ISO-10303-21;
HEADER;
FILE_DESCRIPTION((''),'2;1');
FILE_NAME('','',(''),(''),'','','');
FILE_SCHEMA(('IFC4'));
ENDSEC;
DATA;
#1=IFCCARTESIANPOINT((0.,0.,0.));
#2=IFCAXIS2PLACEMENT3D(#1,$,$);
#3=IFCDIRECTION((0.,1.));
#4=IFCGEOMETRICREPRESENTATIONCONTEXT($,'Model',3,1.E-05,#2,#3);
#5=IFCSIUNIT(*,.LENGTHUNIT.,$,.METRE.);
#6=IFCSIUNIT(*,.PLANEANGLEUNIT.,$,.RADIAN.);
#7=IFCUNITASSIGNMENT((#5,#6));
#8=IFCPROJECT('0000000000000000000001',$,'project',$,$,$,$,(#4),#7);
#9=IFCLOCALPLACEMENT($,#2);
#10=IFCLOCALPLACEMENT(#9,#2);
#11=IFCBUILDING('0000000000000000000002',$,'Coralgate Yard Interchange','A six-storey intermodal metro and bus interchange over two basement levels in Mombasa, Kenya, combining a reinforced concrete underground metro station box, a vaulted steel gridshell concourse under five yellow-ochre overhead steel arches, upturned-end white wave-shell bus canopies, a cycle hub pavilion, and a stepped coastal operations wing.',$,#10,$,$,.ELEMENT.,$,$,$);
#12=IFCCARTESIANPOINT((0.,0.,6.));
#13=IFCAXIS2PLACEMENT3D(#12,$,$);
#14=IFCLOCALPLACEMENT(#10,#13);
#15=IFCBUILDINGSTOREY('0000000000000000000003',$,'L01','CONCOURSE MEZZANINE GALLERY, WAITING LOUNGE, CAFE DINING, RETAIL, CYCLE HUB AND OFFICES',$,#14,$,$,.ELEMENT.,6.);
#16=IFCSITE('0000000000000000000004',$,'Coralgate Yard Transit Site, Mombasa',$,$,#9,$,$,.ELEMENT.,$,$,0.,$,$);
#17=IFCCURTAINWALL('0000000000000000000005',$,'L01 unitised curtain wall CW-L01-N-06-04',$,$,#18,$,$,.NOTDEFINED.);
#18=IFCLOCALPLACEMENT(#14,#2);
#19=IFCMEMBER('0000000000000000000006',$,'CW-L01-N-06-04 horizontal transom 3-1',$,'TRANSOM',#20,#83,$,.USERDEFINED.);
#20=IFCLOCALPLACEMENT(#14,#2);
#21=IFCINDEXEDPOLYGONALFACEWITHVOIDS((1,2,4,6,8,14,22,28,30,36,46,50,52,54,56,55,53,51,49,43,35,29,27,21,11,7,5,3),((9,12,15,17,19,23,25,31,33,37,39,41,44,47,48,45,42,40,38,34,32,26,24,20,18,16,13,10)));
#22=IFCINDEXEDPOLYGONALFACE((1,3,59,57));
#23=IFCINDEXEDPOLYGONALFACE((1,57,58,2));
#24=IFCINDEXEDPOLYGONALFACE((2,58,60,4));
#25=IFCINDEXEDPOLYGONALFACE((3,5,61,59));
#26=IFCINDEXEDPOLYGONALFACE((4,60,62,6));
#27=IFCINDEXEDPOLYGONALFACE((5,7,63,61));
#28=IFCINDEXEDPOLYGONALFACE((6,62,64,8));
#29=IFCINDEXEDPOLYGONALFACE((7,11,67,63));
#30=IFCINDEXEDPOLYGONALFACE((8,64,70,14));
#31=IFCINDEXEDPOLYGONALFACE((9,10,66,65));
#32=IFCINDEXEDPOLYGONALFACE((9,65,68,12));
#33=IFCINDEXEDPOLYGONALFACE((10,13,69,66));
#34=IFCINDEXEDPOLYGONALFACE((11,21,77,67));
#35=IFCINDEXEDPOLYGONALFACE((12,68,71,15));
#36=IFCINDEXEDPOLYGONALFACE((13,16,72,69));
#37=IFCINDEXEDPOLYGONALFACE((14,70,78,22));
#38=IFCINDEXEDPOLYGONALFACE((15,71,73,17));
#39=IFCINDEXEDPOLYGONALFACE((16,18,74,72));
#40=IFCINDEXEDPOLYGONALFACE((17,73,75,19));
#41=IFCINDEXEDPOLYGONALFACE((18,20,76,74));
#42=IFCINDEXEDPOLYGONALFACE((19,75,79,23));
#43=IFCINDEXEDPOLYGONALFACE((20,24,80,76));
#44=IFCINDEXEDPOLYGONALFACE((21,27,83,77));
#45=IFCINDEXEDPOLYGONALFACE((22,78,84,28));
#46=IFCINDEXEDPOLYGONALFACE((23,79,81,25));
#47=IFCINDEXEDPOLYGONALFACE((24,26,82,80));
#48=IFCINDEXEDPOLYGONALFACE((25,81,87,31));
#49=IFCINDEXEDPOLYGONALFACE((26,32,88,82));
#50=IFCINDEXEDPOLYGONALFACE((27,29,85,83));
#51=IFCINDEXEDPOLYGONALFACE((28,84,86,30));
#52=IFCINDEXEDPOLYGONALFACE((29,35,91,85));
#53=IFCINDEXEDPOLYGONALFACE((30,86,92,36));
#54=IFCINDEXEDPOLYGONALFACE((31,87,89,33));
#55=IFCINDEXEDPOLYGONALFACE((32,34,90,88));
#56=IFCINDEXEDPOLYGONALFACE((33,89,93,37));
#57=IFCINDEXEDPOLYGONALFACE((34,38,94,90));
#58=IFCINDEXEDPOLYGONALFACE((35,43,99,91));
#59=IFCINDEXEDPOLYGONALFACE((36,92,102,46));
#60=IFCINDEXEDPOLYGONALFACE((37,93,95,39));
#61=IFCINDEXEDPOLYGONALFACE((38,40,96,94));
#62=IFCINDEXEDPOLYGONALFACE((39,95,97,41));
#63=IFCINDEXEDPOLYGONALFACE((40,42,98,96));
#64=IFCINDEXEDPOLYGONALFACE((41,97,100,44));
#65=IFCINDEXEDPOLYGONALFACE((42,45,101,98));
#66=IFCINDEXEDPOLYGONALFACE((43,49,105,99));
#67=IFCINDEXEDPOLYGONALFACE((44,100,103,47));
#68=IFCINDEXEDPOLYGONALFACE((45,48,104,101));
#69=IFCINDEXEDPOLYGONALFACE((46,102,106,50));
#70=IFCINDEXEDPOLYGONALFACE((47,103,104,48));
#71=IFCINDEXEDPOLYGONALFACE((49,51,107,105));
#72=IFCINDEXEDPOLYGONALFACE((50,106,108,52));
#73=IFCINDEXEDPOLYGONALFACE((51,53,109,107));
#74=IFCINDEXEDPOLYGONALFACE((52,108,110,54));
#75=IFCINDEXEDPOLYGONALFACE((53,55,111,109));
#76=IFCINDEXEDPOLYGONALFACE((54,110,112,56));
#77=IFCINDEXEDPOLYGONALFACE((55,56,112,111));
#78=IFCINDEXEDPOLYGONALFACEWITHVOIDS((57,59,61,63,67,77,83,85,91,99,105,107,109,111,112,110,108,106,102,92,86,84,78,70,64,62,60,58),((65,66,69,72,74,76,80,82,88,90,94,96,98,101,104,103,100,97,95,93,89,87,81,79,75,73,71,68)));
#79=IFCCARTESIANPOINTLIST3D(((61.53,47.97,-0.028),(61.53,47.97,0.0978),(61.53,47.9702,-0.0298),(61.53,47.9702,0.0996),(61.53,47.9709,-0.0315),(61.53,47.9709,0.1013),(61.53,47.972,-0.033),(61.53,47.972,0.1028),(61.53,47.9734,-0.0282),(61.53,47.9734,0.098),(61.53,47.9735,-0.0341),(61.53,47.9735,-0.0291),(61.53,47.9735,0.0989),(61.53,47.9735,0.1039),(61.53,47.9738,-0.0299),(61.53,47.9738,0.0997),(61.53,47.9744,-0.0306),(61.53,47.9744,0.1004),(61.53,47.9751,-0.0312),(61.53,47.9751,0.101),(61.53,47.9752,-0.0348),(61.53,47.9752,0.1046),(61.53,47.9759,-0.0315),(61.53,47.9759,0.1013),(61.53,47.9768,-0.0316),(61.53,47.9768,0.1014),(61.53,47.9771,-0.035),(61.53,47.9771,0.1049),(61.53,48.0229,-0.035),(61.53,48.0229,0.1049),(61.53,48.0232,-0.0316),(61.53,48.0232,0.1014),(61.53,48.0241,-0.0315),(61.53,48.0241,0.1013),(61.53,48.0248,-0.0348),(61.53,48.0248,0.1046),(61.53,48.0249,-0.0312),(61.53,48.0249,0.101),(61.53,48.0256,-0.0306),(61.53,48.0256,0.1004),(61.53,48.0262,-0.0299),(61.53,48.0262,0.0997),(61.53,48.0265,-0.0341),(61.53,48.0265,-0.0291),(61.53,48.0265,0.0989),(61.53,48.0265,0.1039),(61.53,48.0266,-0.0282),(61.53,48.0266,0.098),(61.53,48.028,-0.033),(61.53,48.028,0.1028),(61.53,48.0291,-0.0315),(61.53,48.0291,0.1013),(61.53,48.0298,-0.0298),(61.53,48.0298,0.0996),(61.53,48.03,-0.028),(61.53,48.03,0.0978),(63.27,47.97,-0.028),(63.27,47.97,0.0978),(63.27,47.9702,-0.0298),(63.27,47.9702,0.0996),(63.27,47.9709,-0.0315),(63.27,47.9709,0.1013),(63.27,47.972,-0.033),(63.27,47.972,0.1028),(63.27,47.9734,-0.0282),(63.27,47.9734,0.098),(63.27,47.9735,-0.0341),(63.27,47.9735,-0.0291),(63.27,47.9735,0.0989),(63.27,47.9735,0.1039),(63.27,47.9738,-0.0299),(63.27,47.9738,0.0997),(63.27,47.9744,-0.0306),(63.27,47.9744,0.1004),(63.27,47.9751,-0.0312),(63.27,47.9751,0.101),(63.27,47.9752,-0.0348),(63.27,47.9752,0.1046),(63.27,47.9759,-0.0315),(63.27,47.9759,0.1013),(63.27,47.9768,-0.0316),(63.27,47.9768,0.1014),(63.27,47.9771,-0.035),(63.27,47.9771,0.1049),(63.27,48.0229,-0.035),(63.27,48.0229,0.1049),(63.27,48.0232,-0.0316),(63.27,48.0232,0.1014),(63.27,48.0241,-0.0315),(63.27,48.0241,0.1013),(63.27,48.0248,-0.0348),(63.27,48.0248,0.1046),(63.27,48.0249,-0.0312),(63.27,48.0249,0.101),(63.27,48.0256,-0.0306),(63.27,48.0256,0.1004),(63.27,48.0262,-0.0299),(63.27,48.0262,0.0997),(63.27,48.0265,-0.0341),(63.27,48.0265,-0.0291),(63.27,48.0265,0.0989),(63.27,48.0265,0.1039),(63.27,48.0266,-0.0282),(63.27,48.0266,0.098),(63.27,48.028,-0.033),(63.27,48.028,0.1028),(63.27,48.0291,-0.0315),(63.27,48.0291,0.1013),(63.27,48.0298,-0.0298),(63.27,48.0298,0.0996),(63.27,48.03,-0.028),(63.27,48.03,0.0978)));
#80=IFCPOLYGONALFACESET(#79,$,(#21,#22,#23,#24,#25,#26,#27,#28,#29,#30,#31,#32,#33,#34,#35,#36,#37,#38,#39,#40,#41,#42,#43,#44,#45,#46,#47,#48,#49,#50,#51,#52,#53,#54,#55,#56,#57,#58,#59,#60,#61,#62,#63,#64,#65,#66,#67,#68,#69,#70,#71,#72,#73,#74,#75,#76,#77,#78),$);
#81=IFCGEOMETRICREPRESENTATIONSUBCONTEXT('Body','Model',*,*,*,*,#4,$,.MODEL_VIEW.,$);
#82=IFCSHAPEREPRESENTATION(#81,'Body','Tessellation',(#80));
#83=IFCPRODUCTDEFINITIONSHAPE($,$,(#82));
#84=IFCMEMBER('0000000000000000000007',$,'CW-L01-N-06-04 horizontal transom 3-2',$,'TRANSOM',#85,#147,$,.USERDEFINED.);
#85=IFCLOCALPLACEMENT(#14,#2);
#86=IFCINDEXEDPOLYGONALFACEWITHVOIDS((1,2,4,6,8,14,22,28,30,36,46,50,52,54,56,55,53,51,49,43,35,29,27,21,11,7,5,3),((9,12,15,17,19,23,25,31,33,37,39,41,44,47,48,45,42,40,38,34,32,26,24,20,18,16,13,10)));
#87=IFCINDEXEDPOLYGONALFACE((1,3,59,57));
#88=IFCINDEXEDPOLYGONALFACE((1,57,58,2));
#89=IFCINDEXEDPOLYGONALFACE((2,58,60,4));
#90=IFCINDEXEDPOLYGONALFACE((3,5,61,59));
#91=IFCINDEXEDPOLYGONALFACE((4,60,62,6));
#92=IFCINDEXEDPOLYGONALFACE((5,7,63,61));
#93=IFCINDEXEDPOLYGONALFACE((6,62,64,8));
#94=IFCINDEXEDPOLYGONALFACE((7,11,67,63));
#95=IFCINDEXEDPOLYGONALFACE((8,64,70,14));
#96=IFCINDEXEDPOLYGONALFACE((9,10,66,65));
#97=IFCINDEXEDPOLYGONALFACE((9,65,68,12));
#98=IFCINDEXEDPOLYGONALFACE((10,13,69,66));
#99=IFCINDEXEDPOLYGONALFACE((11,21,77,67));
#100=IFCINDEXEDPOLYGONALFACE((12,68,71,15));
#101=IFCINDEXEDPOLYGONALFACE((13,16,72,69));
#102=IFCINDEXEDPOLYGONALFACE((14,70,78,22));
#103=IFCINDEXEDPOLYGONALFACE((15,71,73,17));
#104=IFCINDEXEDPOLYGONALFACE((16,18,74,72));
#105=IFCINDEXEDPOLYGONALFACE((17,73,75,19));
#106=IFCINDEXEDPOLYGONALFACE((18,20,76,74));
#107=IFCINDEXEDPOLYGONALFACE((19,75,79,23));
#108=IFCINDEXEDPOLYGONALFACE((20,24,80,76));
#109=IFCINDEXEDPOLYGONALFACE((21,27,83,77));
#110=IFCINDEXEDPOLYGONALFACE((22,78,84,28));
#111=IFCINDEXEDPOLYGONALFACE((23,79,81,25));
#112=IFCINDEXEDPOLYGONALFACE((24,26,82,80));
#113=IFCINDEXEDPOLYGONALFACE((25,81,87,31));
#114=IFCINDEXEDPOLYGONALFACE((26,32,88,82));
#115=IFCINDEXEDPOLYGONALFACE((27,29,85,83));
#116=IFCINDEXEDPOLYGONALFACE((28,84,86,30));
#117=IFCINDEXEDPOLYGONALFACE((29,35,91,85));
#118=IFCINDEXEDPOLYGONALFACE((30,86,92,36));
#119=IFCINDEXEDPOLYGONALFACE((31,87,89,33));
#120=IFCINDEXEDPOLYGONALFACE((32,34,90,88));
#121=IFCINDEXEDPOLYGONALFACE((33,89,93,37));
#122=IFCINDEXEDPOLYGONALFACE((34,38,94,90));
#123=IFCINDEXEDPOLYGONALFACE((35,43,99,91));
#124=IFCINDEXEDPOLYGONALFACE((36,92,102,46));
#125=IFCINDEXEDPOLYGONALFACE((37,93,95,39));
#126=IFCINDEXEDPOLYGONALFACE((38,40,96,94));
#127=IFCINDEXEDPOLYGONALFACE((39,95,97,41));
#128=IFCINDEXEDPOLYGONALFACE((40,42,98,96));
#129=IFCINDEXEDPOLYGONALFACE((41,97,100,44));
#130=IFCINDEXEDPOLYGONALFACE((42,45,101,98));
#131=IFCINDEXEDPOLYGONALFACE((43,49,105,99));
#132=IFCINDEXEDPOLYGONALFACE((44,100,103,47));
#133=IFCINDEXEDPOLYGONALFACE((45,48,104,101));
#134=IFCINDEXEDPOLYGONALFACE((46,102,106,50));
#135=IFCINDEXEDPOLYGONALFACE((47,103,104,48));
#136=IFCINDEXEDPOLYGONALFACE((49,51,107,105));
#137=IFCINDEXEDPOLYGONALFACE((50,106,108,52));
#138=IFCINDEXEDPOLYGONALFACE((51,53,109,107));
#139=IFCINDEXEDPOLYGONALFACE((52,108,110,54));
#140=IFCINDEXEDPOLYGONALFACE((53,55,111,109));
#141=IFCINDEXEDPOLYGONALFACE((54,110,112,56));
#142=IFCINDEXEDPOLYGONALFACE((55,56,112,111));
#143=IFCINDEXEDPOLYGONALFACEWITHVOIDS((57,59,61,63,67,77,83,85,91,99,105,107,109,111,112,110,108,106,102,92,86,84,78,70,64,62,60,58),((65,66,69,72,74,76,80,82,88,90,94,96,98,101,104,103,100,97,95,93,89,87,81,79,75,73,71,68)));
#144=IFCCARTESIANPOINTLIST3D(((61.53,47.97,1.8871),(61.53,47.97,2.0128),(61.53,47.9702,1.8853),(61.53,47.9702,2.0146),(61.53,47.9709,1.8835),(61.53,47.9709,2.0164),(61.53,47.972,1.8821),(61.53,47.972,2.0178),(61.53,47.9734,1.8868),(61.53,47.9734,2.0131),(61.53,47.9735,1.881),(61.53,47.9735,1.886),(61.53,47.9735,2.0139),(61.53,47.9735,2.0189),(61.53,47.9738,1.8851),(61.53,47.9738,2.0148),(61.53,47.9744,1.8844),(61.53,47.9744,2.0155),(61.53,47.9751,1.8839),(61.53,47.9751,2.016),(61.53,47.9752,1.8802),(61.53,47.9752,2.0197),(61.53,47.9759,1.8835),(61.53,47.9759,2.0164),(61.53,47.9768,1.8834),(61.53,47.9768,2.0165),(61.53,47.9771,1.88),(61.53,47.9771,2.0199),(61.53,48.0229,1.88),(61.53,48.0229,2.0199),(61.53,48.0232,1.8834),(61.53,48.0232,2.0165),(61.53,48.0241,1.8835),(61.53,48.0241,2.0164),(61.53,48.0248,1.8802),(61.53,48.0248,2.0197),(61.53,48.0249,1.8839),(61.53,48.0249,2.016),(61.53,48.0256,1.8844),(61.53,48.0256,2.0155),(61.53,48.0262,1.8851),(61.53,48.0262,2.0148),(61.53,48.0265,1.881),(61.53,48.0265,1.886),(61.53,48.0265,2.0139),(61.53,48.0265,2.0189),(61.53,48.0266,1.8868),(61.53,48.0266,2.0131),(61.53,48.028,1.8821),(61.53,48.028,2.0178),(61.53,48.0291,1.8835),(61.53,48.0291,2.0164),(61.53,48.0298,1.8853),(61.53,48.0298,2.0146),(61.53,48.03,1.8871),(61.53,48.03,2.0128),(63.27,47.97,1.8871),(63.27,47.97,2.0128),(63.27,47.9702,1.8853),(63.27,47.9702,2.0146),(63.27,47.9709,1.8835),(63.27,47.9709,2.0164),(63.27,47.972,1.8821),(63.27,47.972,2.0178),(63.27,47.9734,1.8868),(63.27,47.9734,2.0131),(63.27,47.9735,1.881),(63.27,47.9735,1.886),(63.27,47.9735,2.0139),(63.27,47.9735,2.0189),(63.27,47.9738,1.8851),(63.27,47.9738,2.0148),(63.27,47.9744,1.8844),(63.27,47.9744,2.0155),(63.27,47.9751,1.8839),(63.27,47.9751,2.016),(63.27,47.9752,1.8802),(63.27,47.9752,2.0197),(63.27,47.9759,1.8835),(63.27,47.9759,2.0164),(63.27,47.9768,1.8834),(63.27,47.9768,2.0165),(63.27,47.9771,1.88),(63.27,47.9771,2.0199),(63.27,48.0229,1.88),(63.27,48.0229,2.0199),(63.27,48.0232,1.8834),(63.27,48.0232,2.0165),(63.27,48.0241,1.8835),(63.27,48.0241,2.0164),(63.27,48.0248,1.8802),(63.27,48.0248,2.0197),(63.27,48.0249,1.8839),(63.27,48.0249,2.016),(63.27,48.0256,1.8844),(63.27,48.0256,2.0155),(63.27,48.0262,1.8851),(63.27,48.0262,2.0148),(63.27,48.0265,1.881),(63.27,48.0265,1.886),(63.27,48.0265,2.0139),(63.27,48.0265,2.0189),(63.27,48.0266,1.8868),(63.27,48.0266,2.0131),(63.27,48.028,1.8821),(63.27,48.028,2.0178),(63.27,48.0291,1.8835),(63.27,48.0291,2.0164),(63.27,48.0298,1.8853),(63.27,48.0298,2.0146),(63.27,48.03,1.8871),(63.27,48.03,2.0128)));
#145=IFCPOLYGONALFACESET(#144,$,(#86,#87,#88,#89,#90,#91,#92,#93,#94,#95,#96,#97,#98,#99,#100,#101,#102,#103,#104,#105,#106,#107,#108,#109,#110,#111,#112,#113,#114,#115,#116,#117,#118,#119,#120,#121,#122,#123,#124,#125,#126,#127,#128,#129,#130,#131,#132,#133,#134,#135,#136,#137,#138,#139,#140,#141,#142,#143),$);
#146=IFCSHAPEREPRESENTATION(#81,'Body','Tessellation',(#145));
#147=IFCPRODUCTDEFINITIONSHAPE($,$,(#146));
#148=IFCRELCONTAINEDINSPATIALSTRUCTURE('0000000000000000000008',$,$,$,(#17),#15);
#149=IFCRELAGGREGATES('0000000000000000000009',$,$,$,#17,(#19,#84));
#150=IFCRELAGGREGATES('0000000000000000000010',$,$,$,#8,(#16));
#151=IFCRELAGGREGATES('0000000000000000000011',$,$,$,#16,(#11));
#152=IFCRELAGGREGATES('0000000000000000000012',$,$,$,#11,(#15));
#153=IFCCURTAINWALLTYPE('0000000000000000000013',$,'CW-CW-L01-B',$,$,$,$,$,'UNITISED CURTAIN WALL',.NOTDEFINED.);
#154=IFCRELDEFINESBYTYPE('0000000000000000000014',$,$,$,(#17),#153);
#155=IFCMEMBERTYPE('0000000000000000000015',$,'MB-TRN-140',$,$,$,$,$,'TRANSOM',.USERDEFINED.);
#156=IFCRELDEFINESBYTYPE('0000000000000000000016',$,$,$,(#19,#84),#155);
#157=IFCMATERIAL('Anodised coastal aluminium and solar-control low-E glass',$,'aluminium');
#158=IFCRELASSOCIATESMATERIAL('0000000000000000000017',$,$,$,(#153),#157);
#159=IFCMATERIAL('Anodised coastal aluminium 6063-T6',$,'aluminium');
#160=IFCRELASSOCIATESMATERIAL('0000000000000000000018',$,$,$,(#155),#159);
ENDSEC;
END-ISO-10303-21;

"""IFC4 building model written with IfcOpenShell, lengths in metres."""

from ifc_helpers import new_model, si_unit, direction, frame, origin, origin_2d, place, context, subcontext, project, spatial, hollow_rectangle, extrude, material, material_profile, profile_set, type_object, element, aggregate, save


model = new_model("IFC4")

# Units and contexts
model_context = context("Model", 3, precision=1e-05, world=origin(), true_north=direction((0.0, 1.0)))
body_context = subcontext(model_context, "Body", "Model", "MODEL_VIEW")
ifc_project = project(units=[si_unit("LENGTHUNIT", "METRE"), si_unit("PLANEANGLEUNIT", "RADIAN")], contexts=[model_context])

# Site, building, storey
site_placement = place(None, origin())
site = spatial("IfcSite", under=ifc_project, at=site_placement, Name="Coralgate Yard Transit Site, Mombasa", CompositionType="ELEMENT", RefElevation=0.0)
building_placement = place(site_placement, origin())
building = spatial("IfcBuilding", under=site, at=building_placement, Name="Coralgate Yard Interchange", Description="A six-storey intermodal metro and bus interchange over two basement levels in Mombasa, Kenya, combining a reinforced concrete underground metro station box, a vaulted steel gridshell concourse under five yellow-ochre overhead steel arches, upturned-end white wave-shell bus canopies, a cycle hub pavilion, and a stepped coastal operations wing.", CompositionType="ELEMENT")
storey_placement = place(building_placement, frame((0.0, 0.0, 6.0)))
storey = spatial("IfcBuildingStorey", under=building, at=storey_placement, Name="L01", Description="CONCOURSE MEZZANINE GALLERY, WAITING LOUNGE, CAFE DINING, RETAIL, CYCLE HUB AND OFFICES", CompositionType="ELEMENT", Elevation=6.0)

# Shared definitions
ifc_material_1 = material(Name="Anodised coastal aluminium and solar-control low-E glass", Category="aluminium")
curtain_wall_type = type_object("IfcCurtainWallType", Name="CW-CW-L01-B", ElementType="UNITISED CURTAIN WALL", PredefinedType="NOTDEFINED", material=ifc_material_1)
ifc_material_2 = material(Name="Anodised coastal aluminium 6063-T6", Category="aluminium")

# Curtain wall, members
curtain_wall_1_placement = place(storey_placement, origin())
curtain_wall_1 = element("IfcCurtainWall", 1, at=curtain_wall_1_placement, inside=storey, type_object=curtain_wall_type, Name="L01 unitised curtain wall CW-L01-N-06-04", PredefinedType="NOTDEFINED")
ifc_material_profile_1 = material_profile(ifc_material_2, hollow_rectangle(XDim=0.0601, YDim=0.1399, WallThickness=0.0034, InnerFilletRadius=0.0034, OuterFilletRadius=0.0071, at=origin_2d()), Name="ALU 60x140x3.5")
ifc_profile_set_1 = profile_set([ifc_material_profile_1], Name="Anodised coastal aluminium 6063-T6")
member_type_1 = type_object("IfcMemberType", Name="MB-TRN-140", ElementType="TRANSOM", PredefinedType="USERDEFINED", material=ifc_profile_set_1)
member_1_placement = place(storey_placement, frame((61.53, 48.0, 0.0349), z_axis=(1.0, 0.0, 0.0), x_axis=(0.0, 1.0, 0.0)))
member_1 = element("IfcMember", 2, at=member_1_placement, type_object=member_type_1, Name="CW-L01-N-06-04 horizontal transom 3-1", ObjectType="TRANSOM", PredefinedType="USERDEFINED", context=body_context, shape_type="SweptSolid", body=[
    extrude(hollow_rectangle(XDim=0.0601, YDim=0.1399, WallThickness=0.0034, InnerFilletRadius=0.0034, OuterFilletRadius=0.0071, at=origin_2d()), origin(), (0.0, 0.0, 1.0), 1.74),
])
member_2_placement = place(storey_placement, frame((61.53, 48.0, 1.95), z_axis=(1.0, 0.0, 0.0), x_axis=(0.0, 1.0, 0.0)))
member_2 = element("IfcMember", 3, at=member_2_placement, type_object=member_type_1, Name="CW-L01-N-06-04 horizontal transom 3-2", ObjectType="TRANSOM", PredefinedType="USERDEFINED", context=body_context, shape_type="SweptSolid", body=[
    extrude(hollow_rectangle(XDim=0.0601, YDim=0.1399, WallThickness=0.0034, InnerFilletRadius=0.0034, OuterFilletRadius=0.0071, at=origin_2d()), origin(), (0.0, 0.0, 1.0), 1.74),
])
aggregate(curtain_wall_1, [member_1, member_2])

save(model, "model.ifc")
